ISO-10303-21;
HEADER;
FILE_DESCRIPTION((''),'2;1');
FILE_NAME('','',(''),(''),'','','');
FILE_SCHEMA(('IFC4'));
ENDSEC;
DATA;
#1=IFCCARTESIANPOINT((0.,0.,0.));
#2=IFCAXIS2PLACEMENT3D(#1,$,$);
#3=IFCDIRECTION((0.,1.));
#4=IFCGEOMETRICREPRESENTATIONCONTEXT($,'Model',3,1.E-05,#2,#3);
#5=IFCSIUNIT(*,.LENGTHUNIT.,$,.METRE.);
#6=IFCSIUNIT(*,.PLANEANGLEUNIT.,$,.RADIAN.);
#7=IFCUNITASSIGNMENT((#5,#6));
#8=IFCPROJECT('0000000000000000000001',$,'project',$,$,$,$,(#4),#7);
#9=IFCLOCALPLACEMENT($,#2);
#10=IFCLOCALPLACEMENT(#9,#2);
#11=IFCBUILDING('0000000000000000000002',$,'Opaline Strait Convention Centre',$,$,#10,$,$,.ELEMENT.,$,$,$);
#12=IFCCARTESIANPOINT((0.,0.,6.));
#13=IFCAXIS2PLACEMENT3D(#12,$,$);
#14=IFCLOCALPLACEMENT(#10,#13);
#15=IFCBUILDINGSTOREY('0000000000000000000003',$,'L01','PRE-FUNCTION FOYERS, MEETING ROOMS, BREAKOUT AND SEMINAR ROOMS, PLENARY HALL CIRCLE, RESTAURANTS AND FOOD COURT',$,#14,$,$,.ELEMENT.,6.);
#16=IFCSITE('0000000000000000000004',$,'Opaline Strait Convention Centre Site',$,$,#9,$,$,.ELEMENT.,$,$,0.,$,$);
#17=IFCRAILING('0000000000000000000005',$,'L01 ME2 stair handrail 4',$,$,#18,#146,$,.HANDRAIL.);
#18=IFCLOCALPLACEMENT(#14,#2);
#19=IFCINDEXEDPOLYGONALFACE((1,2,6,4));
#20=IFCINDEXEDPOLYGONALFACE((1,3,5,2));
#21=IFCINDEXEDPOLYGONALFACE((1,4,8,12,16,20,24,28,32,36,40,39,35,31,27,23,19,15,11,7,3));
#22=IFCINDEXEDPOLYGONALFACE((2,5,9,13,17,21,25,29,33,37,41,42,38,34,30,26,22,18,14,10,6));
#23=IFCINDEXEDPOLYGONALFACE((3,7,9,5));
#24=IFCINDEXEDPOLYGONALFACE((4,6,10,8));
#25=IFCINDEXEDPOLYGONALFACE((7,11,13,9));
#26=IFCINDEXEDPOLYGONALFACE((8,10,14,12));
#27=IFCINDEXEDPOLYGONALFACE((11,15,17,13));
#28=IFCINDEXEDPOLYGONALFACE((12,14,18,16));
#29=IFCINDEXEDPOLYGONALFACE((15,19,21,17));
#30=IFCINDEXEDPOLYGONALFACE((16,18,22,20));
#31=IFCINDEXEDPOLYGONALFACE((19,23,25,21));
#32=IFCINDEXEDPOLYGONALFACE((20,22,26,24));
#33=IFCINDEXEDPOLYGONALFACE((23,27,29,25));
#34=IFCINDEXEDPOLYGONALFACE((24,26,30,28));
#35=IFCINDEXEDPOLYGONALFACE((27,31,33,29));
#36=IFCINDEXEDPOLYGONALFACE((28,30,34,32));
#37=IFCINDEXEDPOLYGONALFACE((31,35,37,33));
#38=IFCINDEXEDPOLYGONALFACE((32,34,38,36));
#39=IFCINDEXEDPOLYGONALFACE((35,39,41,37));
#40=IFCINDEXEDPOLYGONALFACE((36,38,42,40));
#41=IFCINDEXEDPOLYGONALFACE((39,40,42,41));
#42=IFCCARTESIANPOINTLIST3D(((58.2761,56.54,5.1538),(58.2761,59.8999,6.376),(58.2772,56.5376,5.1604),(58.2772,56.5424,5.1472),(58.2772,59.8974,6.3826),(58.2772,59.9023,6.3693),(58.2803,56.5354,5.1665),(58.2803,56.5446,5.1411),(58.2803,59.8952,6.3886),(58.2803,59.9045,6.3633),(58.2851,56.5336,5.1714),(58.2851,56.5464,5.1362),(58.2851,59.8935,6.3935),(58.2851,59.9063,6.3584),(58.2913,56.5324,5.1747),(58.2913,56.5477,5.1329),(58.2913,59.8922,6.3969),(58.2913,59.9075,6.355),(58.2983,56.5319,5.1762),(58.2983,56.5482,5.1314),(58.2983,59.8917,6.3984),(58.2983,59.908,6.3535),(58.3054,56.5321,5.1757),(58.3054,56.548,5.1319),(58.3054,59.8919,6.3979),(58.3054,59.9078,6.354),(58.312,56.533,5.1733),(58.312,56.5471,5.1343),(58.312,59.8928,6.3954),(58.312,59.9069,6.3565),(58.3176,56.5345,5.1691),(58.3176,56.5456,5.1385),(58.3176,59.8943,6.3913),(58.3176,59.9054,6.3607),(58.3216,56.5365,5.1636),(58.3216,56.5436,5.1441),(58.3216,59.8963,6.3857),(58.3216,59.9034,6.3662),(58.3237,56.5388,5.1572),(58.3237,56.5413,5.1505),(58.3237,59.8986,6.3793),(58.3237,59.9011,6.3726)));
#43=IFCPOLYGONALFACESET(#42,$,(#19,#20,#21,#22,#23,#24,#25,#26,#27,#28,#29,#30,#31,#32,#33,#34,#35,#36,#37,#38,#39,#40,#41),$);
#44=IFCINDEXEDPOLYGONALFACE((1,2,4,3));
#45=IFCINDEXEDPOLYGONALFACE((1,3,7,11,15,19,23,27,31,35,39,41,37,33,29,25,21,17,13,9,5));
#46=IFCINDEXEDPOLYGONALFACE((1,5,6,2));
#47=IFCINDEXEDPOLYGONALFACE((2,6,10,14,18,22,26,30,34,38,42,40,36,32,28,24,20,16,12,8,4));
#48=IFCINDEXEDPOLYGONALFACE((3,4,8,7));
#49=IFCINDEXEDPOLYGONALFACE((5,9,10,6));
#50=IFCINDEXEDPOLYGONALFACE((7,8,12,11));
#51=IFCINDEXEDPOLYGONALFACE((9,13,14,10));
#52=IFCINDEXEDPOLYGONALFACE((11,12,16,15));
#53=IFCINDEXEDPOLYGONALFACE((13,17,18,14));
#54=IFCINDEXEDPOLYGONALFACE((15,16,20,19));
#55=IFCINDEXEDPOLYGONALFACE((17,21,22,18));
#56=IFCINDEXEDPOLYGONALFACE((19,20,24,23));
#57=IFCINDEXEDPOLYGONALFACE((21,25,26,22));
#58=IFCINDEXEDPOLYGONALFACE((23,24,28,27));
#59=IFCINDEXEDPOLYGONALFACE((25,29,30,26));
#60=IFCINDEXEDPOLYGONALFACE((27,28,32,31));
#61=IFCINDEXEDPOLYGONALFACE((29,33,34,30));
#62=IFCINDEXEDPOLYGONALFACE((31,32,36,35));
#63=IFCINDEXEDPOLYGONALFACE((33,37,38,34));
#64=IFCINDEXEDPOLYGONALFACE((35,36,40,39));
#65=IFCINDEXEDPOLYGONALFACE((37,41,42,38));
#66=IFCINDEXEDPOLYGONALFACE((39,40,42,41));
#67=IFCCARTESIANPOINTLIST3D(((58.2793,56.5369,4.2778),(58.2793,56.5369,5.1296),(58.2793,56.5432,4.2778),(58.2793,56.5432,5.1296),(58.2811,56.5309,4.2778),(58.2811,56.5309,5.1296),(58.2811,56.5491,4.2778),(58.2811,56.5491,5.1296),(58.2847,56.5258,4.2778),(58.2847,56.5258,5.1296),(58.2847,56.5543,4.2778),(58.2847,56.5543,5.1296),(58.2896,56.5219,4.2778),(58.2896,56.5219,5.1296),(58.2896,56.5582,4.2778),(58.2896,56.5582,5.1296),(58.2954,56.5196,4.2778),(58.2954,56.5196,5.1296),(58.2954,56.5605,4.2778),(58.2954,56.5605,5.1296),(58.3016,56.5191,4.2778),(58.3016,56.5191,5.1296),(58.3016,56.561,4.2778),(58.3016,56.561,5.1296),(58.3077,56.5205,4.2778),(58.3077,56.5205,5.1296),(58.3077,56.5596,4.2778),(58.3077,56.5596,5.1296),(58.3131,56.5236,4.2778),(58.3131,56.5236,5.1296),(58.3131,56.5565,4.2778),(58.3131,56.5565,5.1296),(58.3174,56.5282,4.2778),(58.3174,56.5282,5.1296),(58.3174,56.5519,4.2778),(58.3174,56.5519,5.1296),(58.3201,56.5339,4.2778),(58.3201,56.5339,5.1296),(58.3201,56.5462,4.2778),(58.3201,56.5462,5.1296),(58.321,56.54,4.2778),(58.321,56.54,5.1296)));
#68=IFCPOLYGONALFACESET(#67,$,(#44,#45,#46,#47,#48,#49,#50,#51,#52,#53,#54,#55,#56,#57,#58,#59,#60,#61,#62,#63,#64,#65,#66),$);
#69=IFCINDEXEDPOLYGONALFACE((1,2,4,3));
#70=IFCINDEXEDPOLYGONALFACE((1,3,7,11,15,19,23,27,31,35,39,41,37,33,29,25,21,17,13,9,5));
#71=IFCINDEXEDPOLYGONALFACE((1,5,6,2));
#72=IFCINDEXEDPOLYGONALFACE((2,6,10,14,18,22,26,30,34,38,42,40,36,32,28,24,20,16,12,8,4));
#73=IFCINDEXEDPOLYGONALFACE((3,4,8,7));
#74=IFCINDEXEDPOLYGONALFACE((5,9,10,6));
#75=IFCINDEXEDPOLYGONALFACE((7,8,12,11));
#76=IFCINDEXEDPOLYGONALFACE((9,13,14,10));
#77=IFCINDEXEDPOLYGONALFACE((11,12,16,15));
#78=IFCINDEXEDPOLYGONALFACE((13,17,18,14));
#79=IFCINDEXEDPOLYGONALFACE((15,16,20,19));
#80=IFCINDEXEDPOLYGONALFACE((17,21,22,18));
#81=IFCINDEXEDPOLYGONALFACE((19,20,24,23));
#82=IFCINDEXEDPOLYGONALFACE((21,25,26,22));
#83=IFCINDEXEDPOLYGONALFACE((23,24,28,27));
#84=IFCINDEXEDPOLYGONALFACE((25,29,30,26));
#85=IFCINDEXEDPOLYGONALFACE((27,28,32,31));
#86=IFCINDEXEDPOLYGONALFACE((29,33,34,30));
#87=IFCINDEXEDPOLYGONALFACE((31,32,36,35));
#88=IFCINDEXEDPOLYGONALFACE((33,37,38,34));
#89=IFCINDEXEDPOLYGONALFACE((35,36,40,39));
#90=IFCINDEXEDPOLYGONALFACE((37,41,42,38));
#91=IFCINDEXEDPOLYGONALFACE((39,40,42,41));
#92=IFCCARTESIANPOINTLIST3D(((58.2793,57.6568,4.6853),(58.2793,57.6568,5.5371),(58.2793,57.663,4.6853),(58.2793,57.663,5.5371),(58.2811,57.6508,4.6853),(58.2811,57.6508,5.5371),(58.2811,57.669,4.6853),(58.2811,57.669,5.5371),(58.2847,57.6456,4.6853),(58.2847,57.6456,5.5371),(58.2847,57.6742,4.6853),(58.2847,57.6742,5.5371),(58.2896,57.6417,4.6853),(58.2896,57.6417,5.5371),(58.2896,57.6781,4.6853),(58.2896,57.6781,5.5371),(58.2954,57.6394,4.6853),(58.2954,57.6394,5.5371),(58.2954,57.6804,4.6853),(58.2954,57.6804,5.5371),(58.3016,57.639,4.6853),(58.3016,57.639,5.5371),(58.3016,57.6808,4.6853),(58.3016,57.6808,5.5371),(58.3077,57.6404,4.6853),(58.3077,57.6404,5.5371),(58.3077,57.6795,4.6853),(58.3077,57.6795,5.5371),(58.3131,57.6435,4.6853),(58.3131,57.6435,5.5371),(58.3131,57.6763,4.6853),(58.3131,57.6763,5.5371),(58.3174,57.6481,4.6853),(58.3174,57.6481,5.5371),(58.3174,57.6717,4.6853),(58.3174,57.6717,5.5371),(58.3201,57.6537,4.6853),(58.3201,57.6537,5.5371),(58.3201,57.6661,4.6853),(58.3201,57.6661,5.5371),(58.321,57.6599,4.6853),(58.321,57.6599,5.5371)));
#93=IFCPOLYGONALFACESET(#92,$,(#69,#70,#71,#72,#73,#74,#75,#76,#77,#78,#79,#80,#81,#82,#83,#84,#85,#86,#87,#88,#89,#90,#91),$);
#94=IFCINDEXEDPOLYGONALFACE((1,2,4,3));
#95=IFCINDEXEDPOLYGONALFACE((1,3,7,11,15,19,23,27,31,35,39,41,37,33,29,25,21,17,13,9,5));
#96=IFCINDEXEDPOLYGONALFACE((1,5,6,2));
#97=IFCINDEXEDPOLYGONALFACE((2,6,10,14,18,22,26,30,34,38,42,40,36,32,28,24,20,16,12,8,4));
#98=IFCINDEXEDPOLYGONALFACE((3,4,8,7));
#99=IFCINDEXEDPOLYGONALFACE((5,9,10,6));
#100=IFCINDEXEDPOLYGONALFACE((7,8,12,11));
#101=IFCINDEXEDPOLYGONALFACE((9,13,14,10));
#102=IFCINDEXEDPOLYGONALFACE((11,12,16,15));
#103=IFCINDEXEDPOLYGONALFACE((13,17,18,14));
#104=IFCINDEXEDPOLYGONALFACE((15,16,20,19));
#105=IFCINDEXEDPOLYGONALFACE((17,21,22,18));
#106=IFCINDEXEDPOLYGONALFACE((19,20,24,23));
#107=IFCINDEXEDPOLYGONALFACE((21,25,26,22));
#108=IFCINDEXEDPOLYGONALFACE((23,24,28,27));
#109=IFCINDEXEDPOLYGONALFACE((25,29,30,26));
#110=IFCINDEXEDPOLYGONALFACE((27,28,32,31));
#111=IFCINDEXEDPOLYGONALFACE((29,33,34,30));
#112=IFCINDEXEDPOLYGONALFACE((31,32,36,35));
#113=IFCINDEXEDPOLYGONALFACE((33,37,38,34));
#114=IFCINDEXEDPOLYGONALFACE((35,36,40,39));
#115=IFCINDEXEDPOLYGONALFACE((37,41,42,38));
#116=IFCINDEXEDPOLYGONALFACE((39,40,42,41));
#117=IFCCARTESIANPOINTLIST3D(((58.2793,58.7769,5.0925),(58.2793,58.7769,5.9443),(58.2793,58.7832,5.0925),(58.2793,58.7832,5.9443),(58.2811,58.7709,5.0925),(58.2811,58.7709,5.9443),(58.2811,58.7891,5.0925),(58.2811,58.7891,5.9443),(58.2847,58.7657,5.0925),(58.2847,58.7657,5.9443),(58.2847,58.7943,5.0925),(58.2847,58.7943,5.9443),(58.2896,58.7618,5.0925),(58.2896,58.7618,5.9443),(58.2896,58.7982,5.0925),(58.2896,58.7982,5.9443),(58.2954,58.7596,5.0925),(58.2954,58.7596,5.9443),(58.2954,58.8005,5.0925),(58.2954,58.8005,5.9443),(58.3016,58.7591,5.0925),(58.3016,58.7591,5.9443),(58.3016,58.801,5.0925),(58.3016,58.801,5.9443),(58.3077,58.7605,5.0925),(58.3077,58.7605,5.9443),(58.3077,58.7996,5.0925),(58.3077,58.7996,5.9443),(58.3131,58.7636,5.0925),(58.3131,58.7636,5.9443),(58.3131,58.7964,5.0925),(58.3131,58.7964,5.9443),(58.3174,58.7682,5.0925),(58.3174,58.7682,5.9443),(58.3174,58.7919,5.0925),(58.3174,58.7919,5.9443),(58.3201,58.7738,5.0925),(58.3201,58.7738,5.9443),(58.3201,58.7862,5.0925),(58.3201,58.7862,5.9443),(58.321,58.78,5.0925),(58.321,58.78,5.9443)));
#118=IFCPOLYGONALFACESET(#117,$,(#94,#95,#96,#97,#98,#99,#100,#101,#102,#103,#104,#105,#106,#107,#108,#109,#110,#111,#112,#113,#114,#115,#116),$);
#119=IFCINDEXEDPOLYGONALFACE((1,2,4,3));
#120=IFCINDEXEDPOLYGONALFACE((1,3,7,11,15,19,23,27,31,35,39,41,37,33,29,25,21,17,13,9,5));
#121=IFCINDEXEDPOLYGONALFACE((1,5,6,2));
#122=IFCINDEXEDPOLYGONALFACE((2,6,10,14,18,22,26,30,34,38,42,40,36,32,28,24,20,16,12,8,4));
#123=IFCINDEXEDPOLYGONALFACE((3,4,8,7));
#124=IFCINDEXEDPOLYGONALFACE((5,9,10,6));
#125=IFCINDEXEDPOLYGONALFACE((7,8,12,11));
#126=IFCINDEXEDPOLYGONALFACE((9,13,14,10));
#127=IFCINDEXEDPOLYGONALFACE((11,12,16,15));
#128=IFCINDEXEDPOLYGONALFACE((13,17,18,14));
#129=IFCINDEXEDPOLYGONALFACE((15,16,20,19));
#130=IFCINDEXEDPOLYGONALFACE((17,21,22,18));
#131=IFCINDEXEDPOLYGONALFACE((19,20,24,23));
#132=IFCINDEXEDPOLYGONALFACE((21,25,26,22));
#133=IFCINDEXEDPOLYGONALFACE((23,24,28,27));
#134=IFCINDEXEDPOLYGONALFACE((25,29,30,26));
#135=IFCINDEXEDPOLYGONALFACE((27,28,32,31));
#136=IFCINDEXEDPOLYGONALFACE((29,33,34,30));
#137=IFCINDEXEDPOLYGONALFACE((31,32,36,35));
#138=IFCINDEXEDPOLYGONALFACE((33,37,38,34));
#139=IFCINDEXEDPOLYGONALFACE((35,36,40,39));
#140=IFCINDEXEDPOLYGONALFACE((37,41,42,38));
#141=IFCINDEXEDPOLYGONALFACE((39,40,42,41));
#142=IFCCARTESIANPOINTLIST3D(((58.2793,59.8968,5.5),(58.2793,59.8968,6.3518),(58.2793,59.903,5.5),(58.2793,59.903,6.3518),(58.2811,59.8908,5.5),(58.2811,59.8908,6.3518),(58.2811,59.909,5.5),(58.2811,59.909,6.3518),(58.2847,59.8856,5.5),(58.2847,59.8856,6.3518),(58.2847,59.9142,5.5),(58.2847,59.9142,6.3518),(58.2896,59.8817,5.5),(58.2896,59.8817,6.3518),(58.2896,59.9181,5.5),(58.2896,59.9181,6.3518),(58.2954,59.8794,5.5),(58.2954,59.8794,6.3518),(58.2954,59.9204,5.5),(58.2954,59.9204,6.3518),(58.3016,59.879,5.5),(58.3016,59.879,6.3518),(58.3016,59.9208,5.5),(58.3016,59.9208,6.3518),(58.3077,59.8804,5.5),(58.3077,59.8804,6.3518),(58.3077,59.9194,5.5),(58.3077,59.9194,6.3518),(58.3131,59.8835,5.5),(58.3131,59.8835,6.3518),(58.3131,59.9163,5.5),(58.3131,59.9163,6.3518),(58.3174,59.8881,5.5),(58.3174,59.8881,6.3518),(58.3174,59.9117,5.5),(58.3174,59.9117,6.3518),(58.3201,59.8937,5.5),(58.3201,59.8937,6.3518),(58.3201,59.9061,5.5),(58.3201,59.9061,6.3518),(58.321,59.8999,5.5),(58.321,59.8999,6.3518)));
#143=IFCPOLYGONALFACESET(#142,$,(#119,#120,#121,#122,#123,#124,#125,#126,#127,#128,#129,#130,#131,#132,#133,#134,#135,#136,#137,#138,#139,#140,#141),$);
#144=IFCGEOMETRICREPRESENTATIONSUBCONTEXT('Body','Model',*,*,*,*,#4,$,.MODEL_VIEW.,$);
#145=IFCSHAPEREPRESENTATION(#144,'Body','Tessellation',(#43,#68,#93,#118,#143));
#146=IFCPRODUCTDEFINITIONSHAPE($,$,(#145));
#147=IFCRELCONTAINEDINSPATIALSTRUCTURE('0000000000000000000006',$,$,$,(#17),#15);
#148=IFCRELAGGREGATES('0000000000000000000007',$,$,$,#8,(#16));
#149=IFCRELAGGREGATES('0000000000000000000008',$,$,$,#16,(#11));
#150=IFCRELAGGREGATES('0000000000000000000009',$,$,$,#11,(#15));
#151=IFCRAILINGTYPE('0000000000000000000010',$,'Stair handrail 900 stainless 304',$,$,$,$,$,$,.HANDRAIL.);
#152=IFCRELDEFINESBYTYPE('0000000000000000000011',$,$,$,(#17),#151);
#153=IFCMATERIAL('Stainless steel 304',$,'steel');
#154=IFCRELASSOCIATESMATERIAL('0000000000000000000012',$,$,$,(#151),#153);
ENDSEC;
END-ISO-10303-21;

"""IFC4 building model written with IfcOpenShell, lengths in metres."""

from ifc_helpers import new_model, si_unit, direction, frame, origin, origin_2d, place, context, subcontext, project, spatial, circle, extrude, material, type_object, element, save


model = new_model("IFC4")

# Units and contexts
model_context = context("Model", 3, precision=1e-05, world=origin(), true_north=direction((0.0, 1.0)))
body_context = subcontext(model_context, "Body", "Model", "MODEL_VIEW")
ifc_project = project(units=[si_unit("LENGTHUNIT", "METRE"), si_unit("PLANEANGLEUNIT", "RADIAN")], contexts=[model_context])

# Site, building, storey
site_placement = place(None, origin())
site = spatial("IfcSite", under=ifc_project, at=site_placement, Name="Opaline Strait Convention Centre Site", CompositionType="ELEMENT", RefElevation=0.0)
building_placement = place(site_placement, origin())
building = spatial("IfcBuilding", under=site, at=building_placement, Name="Opaline Strait Convention Centre", CompositionType="ELEMENT")
storey_placement = place(building_placement, frame((0.0, 0.0, 6.0)))
storey = spatial("IfcBuildingStorey", under=building, at=storey_placement, Name="L01", Description="PRE-FUNCTION FOYERS, MEETING ROOMS, BREAKOUT AND SEMINAR ROOMS, PLENARY HALL CIRCLE, RESTAURANTS AND FOOD COURT", CompositionType="ELEMENT", Elevation=6.0)

# Railing
ifc_material_1 = material(Name="Stainless steel 304", Category="steel")
railing_type_1 = type_object("IfcRailingType", Name="Stair handrail 900 stainless 304", PredefinedType="HANDRAIL", material=ifc_material_1)
for number, where, name in (
    (1, (58.3, 56.54, 4.2778), "L01 ME2 stair handrail 4"),
):
    element("IfcRailing", number, at=place(storey_placement, frame(where)), inside=storey, type_object=railing_type_1, Name=name, PredefinedType="HANDRAIL", context=body_context, shape_type="SweptSolid", body=[
        extrude(circle(Radius=0.0239, at=origin_2d()), frame((0.0, 0.0, 0.876), z_axis=(0.0, 0.939758, 0.341842), x_axis=(-1.0, 0.0, 0.0)), (0.0, 0.0, 1.0), 3.5752),
        extrude(circle(Radius=0.021, at=origin_2d()), origin(), (0.0, 0.0, 1.0), 0.8518),
        extrude(circle(Radius=0.021, at=origin_2d()), frame((0.0, 1.1199, 0.4075)), (0.0, 0.0, 1.0), 0.8518),
        extrude(circle(Radius=0.021, at=origin_2d()), frame((0.0, 2.24, 0.8147)), (0.0, 0.0, 1.0), 0.8518),
        extrude(circle(Radius=0.021, at=origin_2d()), frame((0.0, 3.3599, 1.2222)), (0.0, 0.0, 1.0), 0.8518),
    ])

save(model, "model.ifc")
